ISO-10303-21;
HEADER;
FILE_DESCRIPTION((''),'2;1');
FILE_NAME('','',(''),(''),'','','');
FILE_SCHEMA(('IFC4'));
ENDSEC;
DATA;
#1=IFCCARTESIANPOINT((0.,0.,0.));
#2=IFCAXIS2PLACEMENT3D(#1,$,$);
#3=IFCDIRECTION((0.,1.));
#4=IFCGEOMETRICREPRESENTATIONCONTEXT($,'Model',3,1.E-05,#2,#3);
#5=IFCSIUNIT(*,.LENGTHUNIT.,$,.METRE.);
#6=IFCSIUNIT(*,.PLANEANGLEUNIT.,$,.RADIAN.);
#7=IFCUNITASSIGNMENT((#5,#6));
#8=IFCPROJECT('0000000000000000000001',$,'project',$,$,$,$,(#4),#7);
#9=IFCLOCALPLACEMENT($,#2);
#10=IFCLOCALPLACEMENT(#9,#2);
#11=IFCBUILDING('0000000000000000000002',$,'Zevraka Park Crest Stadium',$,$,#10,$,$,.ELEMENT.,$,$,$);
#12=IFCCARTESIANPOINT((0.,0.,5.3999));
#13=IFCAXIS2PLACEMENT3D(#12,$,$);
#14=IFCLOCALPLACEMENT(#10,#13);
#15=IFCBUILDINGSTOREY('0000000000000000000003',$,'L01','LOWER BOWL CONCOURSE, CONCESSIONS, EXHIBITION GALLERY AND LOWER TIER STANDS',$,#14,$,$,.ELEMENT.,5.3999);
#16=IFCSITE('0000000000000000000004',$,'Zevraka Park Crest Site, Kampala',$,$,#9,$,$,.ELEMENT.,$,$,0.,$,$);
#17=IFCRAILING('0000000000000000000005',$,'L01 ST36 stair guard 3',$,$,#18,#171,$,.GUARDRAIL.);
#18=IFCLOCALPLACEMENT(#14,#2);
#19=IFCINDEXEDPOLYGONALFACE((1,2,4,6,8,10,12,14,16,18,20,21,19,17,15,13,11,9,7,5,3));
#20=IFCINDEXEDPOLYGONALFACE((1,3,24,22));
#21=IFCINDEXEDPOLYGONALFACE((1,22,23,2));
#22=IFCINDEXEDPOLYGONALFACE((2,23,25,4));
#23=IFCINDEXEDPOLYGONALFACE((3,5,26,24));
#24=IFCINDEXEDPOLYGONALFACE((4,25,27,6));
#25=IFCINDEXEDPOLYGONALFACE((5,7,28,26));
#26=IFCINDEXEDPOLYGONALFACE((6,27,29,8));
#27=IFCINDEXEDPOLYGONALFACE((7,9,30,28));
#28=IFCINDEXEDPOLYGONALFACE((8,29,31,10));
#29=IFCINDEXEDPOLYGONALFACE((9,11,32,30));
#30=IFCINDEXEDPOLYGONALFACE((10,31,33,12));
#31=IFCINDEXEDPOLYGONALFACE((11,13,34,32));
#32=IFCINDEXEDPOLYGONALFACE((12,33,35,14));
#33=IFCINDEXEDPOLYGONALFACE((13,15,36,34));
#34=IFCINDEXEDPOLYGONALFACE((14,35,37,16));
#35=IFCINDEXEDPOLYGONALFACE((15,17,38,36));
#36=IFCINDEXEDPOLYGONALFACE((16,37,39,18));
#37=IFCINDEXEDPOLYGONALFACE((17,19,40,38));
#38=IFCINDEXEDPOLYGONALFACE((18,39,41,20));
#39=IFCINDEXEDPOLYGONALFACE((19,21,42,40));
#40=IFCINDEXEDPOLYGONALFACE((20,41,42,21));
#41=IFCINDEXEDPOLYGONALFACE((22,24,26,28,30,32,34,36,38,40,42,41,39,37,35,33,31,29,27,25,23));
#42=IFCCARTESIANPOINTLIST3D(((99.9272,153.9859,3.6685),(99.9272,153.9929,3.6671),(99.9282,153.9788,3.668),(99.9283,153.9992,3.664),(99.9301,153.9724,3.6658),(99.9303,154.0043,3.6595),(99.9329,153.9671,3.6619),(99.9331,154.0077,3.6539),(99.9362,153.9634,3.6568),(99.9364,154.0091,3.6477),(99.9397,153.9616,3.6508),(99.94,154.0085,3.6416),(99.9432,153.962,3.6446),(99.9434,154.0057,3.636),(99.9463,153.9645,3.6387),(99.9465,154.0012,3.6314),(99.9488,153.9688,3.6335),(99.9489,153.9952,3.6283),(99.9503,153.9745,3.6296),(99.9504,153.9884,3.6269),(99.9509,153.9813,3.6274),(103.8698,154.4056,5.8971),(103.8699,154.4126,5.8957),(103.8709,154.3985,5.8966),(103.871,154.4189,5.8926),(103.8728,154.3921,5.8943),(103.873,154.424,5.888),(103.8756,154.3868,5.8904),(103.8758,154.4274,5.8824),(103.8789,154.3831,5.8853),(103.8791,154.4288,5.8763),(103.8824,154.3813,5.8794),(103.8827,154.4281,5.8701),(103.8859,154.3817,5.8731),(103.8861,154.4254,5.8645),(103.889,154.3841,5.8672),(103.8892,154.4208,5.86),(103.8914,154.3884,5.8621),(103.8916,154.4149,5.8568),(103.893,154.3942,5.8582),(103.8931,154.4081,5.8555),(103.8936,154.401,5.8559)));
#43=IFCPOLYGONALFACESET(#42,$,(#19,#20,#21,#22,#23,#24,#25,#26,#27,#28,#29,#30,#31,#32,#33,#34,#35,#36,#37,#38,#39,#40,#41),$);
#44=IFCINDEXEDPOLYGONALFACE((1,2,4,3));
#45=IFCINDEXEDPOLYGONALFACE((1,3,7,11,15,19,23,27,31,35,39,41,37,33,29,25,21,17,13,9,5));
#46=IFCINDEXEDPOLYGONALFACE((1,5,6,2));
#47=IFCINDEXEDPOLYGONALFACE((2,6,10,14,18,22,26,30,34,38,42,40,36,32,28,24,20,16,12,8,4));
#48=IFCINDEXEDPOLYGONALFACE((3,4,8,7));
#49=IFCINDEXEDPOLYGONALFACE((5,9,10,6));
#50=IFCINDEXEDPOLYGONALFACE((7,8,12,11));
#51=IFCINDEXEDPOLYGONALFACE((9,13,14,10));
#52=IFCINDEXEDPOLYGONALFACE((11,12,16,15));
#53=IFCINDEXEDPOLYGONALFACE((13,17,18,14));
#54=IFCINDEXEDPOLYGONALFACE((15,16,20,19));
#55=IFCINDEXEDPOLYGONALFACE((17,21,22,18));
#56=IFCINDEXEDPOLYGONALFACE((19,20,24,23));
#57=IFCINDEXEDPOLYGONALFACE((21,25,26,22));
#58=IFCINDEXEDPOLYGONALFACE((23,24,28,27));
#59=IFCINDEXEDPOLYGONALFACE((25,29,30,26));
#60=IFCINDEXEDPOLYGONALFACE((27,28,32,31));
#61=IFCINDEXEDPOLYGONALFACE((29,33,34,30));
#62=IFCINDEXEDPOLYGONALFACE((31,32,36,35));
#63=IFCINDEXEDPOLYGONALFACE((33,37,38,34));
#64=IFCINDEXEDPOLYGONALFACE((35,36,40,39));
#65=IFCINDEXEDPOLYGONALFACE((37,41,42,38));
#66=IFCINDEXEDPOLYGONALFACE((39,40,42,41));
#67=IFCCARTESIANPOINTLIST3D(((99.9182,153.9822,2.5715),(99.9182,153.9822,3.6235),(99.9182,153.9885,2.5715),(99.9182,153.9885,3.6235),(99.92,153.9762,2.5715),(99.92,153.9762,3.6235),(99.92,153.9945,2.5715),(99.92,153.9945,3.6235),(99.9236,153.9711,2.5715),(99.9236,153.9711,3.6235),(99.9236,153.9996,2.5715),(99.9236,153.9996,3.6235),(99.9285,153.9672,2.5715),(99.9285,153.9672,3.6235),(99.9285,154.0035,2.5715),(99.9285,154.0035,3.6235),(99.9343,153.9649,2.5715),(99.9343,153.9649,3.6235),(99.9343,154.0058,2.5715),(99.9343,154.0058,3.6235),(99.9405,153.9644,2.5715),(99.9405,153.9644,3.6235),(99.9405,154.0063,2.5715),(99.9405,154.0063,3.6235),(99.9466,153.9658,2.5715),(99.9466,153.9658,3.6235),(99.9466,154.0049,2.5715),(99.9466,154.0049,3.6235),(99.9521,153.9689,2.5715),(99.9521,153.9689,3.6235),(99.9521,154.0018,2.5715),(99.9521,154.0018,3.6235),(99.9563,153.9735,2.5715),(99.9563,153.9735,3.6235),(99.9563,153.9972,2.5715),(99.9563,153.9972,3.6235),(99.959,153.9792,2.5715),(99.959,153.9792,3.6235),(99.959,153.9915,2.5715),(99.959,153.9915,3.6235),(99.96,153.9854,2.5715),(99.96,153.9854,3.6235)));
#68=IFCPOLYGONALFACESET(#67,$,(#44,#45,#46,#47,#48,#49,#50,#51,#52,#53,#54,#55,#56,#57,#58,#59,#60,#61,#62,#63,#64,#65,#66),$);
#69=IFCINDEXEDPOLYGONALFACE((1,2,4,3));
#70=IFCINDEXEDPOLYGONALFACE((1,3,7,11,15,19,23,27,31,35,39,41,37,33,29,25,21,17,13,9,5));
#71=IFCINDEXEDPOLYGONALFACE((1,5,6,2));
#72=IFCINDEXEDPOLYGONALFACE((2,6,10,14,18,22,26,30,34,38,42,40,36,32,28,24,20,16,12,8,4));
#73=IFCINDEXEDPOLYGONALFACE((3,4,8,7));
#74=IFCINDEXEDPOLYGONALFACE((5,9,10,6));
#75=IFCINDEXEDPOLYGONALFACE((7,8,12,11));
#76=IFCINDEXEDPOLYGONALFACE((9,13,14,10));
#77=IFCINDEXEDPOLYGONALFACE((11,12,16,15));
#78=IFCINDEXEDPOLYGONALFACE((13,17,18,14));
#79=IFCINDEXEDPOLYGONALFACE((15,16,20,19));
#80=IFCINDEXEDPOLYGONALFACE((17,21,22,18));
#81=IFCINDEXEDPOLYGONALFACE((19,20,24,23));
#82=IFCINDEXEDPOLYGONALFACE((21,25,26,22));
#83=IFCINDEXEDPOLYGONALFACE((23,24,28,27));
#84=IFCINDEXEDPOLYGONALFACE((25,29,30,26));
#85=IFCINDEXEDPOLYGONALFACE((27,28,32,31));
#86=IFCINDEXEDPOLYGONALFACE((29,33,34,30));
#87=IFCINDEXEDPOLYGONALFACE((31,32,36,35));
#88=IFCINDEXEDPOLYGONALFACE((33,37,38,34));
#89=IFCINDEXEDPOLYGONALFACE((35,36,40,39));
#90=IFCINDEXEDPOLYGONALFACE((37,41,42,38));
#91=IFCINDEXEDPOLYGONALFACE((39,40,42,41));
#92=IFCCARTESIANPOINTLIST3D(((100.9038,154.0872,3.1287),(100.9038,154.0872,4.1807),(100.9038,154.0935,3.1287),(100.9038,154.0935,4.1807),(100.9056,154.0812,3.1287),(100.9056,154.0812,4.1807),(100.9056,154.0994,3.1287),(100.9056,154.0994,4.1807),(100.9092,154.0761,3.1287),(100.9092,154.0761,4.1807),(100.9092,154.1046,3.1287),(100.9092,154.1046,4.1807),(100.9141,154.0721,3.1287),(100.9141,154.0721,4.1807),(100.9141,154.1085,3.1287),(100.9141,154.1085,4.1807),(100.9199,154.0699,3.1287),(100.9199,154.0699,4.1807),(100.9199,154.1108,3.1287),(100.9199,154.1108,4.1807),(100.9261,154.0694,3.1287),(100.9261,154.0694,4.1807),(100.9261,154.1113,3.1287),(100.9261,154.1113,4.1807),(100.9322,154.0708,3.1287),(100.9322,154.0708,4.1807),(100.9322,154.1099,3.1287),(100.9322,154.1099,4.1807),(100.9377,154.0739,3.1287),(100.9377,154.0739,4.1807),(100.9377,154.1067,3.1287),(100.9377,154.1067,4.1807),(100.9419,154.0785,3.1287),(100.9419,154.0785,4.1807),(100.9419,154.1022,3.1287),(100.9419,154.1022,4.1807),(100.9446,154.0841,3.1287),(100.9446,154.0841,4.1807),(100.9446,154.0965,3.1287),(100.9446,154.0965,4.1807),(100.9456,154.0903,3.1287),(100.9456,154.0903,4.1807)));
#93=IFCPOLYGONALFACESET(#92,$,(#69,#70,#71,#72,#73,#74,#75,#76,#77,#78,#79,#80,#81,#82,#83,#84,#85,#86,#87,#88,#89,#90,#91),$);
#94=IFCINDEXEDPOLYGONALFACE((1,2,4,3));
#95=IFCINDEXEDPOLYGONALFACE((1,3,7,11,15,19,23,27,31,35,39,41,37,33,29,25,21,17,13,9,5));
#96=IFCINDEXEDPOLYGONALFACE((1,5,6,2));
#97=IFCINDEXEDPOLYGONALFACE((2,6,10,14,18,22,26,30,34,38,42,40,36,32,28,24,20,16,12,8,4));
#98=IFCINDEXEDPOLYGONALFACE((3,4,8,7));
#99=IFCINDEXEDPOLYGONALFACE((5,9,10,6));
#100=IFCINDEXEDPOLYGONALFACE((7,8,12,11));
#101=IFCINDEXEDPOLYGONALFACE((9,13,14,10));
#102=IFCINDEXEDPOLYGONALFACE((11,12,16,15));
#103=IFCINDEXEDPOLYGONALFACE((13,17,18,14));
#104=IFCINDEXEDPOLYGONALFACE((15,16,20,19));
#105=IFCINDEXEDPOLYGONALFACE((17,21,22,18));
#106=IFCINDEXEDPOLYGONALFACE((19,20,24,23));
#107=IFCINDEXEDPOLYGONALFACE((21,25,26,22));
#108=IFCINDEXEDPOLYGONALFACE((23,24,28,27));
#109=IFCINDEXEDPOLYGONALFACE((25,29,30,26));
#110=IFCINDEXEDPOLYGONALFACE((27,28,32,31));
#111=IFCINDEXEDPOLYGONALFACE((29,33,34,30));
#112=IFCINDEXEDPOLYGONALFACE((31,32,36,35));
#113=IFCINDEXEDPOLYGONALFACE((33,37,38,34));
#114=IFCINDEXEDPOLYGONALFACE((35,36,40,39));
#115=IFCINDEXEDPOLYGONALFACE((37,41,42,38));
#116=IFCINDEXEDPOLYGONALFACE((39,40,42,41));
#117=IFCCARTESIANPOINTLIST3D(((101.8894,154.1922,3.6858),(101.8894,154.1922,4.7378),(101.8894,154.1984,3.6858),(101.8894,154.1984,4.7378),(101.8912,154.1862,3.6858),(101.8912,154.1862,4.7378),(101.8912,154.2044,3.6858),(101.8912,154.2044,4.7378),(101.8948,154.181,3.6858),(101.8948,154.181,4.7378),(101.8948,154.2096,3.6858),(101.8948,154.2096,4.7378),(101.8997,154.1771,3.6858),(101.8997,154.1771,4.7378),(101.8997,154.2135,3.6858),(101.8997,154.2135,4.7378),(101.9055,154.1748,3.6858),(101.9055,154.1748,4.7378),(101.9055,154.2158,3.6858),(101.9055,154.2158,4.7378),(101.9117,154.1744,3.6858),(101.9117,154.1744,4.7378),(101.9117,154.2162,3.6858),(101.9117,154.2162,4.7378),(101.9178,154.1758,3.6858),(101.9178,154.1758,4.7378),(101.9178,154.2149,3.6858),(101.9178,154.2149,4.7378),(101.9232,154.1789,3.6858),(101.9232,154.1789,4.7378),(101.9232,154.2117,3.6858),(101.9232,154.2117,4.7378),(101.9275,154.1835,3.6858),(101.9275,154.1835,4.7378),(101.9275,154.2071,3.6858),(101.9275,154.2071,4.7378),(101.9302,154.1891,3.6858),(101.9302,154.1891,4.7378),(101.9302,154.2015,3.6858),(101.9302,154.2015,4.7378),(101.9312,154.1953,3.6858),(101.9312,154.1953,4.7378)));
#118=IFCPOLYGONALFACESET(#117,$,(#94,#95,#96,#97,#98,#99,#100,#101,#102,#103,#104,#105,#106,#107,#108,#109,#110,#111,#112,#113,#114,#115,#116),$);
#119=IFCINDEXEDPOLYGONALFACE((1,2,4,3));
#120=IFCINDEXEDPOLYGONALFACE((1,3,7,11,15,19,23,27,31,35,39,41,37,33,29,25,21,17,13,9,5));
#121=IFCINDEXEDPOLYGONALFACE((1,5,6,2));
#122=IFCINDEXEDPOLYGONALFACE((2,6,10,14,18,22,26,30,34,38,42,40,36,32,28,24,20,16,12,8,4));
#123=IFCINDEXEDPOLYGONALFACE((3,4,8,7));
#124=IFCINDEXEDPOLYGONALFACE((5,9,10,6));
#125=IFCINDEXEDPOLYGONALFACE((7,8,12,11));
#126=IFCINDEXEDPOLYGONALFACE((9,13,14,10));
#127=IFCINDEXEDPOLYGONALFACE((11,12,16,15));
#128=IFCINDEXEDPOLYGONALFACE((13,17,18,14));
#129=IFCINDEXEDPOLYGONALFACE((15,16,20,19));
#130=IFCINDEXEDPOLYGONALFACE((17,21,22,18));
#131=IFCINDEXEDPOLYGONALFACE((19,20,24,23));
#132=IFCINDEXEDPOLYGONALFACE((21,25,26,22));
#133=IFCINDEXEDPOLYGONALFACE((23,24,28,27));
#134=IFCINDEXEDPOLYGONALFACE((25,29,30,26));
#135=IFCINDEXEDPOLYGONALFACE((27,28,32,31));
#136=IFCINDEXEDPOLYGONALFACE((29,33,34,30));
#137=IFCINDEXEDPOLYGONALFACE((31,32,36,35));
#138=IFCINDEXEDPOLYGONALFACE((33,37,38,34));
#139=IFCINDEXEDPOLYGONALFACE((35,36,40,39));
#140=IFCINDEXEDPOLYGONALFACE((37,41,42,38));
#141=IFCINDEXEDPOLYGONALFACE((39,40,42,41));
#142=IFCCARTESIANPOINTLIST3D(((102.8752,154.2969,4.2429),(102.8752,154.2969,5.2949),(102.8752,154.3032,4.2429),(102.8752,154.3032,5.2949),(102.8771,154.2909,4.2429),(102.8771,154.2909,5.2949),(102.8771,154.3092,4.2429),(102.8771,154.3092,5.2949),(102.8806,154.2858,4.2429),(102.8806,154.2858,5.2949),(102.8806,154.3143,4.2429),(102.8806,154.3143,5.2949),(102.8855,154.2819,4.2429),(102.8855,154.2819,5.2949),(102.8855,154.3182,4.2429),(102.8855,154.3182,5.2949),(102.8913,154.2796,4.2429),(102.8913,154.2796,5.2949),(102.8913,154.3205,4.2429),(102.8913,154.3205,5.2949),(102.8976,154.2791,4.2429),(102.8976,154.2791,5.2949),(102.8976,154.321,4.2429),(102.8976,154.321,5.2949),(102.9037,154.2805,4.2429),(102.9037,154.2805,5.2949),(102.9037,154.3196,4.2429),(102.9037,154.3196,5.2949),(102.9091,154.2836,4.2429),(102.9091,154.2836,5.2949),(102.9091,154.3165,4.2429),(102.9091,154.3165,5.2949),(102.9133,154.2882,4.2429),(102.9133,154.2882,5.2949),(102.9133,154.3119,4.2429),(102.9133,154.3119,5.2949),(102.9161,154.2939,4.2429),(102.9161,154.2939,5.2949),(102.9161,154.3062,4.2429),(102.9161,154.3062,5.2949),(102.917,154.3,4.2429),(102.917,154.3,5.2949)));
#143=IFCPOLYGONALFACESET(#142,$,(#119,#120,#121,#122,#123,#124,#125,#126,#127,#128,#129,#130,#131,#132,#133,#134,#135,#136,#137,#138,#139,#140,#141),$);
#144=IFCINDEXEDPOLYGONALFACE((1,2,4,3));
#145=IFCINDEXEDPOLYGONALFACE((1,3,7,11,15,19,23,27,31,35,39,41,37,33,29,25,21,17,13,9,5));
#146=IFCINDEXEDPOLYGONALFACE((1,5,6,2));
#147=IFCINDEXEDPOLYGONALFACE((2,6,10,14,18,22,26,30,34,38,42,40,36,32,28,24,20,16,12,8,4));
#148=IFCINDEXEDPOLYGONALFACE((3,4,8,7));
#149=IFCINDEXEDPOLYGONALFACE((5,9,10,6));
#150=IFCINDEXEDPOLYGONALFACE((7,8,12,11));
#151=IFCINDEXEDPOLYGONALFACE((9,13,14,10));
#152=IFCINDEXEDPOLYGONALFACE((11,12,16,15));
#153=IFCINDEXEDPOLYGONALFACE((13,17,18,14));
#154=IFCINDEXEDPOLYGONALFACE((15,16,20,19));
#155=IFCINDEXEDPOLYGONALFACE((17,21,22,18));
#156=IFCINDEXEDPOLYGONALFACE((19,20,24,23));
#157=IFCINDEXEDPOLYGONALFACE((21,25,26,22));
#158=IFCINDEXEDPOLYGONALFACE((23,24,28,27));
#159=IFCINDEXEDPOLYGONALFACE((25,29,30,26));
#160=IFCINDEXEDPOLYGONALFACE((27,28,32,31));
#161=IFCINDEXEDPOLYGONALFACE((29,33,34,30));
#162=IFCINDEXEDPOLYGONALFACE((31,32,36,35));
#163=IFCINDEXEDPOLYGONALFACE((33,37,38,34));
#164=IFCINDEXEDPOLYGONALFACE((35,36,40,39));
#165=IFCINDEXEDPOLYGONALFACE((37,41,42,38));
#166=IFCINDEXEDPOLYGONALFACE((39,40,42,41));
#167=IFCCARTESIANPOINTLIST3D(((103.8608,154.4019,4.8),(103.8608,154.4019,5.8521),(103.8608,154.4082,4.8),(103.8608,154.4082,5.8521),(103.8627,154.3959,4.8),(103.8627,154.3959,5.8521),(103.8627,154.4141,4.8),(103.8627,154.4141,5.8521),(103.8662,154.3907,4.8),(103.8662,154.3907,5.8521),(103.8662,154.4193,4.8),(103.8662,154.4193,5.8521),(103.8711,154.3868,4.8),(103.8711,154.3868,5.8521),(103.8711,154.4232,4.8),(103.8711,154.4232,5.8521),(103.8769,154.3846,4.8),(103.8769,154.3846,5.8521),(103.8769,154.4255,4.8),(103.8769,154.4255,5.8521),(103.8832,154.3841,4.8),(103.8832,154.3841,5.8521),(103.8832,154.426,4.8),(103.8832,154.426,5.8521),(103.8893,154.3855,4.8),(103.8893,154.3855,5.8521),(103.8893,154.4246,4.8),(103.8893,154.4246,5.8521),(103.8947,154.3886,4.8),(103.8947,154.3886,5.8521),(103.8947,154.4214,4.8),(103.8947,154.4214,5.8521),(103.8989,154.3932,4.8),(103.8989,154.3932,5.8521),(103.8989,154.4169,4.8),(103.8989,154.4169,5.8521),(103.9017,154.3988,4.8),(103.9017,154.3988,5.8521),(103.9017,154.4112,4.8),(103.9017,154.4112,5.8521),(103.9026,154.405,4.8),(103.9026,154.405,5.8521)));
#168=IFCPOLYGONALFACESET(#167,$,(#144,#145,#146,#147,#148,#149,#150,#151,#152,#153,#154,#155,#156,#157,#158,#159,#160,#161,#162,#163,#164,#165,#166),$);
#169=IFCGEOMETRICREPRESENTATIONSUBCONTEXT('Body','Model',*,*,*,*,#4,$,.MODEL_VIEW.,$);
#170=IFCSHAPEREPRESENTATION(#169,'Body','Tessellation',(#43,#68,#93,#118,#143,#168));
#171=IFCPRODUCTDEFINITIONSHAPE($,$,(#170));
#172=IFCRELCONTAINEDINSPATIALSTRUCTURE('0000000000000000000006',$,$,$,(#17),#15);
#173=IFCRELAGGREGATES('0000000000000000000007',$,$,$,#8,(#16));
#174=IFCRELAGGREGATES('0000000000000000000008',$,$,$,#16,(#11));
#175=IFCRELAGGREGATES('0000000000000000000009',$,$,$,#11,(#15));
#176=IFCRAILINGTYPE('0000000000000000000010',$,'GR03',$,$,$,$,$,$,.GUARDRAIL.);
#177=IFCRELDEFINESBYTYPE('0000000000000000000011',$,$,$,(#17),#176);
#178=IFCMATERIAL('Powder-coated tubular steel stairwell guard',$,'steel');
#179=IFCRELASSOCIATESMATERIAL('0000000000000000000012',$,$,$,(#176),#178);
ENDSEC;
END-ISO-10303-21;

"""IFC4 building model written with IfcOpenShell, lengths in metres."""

from ifc_helpers import new_model, si_unit, direction, frame, origin, origin_2d, place, context, subcontext, project, spatial, circle, extrude, material, type_object, element, save


model = new_model("IFC4")

# Units and contexts
model_context = context("Model", 3, precision=1e-05, world=origin(), true_north=direction((0.0, 1.0)))
body_context = subcontext(model_context, "Body", "Model", "MODEL_VIEW")
ifc_project = project(units=[si_unit("LENGTHUNIT", "METRE"), si_unit("PLANEANGLEUNIT", "RADIAN")], contexts=[model_context])

# Site, building, storey
site_placement = place(None, origin())
site = spatial("IfcSite", under=ifc_project, at=site_placement, Name="Zevraka Park Crest Site, Kampala", CompositionType="ELEMENT", RefElevation=0.0)
building_placement = place(site_placement, origin())
building = spatial("IfcBuilding", under=site, at=building_placement, Name="Zevraka Park Crest Stadium", CompositionType="ELEMENT")
storey_placement = place(building_placement, frame((0.0, 0.0, 5.3999)))
storey = spatial("IfcBuildingStorey", under=building, at=storey_placement, Name="L01", Description="LOWER BOWL CONCOURSE, CONCESSIONS, EXHIBITION GALLERY AND LOWER TIER STANDS", CompositionType="ELEMENT", Elevation=5.3999)

# Railing
ifc_material_1 = material(Name="Powder-coated tubular steel stairwell guard", Category="steel")
railing_type_1 = type_object("IfcRailingType", Name="GR03", PredefinedType="GUARDRAIL", material=ifc_material_1)
railing_1_placement = place(storey_placement, frame((99.939, 153.9854, 2.5715)))
element("IfcRailing", 1, at=railing_1_placement, inside=storey, type_object=railing_type_1, Name="L01 ST36 stair guard 3", PredefinedType="GUARDRAIL", context=body_context, shape_type="SweptSolid", body=[
    extrude(circle(Radius=0.0239, at=origin_2d()), frame((0.0, 0.0, 1.0762), z_axis=(0.866842, 0.092272, 0.48997), x_axis=(-0.105848, 0.994382, 0.0)), (0.0, 0.0, 1.0), 4.5483),
    extrude(circle(Radius=0.021, at=origin_2d()), origin(), (0.0, 0.0, 1.0), 1.052),
    extrude(circle(Radius=0.021, at=origin_2d()), frame((0.9856, 0.105, 0.5571)), (0.0, 0.0, 1.0), 1.052),
    extrude(circle(Radius=0.021, at=origin_2d()), frame((1.9712, 0.21, 1.1143)), (0.0, 0.0, 1.0), 1.052),
    extrude(circle(Radius=0.021, at=origin_2d()), frame((2.957, 0.3147, 1.6714)), (0.0, 0.0, 1.0), 1.052),
    extrude(circle(Radius=0.021, at=origin_2d()), frame((3.9426, 0.4197, 2.2285)), (0.0, 0.0, 1.0), 1.052),
])

save(model, "model.ifc")
